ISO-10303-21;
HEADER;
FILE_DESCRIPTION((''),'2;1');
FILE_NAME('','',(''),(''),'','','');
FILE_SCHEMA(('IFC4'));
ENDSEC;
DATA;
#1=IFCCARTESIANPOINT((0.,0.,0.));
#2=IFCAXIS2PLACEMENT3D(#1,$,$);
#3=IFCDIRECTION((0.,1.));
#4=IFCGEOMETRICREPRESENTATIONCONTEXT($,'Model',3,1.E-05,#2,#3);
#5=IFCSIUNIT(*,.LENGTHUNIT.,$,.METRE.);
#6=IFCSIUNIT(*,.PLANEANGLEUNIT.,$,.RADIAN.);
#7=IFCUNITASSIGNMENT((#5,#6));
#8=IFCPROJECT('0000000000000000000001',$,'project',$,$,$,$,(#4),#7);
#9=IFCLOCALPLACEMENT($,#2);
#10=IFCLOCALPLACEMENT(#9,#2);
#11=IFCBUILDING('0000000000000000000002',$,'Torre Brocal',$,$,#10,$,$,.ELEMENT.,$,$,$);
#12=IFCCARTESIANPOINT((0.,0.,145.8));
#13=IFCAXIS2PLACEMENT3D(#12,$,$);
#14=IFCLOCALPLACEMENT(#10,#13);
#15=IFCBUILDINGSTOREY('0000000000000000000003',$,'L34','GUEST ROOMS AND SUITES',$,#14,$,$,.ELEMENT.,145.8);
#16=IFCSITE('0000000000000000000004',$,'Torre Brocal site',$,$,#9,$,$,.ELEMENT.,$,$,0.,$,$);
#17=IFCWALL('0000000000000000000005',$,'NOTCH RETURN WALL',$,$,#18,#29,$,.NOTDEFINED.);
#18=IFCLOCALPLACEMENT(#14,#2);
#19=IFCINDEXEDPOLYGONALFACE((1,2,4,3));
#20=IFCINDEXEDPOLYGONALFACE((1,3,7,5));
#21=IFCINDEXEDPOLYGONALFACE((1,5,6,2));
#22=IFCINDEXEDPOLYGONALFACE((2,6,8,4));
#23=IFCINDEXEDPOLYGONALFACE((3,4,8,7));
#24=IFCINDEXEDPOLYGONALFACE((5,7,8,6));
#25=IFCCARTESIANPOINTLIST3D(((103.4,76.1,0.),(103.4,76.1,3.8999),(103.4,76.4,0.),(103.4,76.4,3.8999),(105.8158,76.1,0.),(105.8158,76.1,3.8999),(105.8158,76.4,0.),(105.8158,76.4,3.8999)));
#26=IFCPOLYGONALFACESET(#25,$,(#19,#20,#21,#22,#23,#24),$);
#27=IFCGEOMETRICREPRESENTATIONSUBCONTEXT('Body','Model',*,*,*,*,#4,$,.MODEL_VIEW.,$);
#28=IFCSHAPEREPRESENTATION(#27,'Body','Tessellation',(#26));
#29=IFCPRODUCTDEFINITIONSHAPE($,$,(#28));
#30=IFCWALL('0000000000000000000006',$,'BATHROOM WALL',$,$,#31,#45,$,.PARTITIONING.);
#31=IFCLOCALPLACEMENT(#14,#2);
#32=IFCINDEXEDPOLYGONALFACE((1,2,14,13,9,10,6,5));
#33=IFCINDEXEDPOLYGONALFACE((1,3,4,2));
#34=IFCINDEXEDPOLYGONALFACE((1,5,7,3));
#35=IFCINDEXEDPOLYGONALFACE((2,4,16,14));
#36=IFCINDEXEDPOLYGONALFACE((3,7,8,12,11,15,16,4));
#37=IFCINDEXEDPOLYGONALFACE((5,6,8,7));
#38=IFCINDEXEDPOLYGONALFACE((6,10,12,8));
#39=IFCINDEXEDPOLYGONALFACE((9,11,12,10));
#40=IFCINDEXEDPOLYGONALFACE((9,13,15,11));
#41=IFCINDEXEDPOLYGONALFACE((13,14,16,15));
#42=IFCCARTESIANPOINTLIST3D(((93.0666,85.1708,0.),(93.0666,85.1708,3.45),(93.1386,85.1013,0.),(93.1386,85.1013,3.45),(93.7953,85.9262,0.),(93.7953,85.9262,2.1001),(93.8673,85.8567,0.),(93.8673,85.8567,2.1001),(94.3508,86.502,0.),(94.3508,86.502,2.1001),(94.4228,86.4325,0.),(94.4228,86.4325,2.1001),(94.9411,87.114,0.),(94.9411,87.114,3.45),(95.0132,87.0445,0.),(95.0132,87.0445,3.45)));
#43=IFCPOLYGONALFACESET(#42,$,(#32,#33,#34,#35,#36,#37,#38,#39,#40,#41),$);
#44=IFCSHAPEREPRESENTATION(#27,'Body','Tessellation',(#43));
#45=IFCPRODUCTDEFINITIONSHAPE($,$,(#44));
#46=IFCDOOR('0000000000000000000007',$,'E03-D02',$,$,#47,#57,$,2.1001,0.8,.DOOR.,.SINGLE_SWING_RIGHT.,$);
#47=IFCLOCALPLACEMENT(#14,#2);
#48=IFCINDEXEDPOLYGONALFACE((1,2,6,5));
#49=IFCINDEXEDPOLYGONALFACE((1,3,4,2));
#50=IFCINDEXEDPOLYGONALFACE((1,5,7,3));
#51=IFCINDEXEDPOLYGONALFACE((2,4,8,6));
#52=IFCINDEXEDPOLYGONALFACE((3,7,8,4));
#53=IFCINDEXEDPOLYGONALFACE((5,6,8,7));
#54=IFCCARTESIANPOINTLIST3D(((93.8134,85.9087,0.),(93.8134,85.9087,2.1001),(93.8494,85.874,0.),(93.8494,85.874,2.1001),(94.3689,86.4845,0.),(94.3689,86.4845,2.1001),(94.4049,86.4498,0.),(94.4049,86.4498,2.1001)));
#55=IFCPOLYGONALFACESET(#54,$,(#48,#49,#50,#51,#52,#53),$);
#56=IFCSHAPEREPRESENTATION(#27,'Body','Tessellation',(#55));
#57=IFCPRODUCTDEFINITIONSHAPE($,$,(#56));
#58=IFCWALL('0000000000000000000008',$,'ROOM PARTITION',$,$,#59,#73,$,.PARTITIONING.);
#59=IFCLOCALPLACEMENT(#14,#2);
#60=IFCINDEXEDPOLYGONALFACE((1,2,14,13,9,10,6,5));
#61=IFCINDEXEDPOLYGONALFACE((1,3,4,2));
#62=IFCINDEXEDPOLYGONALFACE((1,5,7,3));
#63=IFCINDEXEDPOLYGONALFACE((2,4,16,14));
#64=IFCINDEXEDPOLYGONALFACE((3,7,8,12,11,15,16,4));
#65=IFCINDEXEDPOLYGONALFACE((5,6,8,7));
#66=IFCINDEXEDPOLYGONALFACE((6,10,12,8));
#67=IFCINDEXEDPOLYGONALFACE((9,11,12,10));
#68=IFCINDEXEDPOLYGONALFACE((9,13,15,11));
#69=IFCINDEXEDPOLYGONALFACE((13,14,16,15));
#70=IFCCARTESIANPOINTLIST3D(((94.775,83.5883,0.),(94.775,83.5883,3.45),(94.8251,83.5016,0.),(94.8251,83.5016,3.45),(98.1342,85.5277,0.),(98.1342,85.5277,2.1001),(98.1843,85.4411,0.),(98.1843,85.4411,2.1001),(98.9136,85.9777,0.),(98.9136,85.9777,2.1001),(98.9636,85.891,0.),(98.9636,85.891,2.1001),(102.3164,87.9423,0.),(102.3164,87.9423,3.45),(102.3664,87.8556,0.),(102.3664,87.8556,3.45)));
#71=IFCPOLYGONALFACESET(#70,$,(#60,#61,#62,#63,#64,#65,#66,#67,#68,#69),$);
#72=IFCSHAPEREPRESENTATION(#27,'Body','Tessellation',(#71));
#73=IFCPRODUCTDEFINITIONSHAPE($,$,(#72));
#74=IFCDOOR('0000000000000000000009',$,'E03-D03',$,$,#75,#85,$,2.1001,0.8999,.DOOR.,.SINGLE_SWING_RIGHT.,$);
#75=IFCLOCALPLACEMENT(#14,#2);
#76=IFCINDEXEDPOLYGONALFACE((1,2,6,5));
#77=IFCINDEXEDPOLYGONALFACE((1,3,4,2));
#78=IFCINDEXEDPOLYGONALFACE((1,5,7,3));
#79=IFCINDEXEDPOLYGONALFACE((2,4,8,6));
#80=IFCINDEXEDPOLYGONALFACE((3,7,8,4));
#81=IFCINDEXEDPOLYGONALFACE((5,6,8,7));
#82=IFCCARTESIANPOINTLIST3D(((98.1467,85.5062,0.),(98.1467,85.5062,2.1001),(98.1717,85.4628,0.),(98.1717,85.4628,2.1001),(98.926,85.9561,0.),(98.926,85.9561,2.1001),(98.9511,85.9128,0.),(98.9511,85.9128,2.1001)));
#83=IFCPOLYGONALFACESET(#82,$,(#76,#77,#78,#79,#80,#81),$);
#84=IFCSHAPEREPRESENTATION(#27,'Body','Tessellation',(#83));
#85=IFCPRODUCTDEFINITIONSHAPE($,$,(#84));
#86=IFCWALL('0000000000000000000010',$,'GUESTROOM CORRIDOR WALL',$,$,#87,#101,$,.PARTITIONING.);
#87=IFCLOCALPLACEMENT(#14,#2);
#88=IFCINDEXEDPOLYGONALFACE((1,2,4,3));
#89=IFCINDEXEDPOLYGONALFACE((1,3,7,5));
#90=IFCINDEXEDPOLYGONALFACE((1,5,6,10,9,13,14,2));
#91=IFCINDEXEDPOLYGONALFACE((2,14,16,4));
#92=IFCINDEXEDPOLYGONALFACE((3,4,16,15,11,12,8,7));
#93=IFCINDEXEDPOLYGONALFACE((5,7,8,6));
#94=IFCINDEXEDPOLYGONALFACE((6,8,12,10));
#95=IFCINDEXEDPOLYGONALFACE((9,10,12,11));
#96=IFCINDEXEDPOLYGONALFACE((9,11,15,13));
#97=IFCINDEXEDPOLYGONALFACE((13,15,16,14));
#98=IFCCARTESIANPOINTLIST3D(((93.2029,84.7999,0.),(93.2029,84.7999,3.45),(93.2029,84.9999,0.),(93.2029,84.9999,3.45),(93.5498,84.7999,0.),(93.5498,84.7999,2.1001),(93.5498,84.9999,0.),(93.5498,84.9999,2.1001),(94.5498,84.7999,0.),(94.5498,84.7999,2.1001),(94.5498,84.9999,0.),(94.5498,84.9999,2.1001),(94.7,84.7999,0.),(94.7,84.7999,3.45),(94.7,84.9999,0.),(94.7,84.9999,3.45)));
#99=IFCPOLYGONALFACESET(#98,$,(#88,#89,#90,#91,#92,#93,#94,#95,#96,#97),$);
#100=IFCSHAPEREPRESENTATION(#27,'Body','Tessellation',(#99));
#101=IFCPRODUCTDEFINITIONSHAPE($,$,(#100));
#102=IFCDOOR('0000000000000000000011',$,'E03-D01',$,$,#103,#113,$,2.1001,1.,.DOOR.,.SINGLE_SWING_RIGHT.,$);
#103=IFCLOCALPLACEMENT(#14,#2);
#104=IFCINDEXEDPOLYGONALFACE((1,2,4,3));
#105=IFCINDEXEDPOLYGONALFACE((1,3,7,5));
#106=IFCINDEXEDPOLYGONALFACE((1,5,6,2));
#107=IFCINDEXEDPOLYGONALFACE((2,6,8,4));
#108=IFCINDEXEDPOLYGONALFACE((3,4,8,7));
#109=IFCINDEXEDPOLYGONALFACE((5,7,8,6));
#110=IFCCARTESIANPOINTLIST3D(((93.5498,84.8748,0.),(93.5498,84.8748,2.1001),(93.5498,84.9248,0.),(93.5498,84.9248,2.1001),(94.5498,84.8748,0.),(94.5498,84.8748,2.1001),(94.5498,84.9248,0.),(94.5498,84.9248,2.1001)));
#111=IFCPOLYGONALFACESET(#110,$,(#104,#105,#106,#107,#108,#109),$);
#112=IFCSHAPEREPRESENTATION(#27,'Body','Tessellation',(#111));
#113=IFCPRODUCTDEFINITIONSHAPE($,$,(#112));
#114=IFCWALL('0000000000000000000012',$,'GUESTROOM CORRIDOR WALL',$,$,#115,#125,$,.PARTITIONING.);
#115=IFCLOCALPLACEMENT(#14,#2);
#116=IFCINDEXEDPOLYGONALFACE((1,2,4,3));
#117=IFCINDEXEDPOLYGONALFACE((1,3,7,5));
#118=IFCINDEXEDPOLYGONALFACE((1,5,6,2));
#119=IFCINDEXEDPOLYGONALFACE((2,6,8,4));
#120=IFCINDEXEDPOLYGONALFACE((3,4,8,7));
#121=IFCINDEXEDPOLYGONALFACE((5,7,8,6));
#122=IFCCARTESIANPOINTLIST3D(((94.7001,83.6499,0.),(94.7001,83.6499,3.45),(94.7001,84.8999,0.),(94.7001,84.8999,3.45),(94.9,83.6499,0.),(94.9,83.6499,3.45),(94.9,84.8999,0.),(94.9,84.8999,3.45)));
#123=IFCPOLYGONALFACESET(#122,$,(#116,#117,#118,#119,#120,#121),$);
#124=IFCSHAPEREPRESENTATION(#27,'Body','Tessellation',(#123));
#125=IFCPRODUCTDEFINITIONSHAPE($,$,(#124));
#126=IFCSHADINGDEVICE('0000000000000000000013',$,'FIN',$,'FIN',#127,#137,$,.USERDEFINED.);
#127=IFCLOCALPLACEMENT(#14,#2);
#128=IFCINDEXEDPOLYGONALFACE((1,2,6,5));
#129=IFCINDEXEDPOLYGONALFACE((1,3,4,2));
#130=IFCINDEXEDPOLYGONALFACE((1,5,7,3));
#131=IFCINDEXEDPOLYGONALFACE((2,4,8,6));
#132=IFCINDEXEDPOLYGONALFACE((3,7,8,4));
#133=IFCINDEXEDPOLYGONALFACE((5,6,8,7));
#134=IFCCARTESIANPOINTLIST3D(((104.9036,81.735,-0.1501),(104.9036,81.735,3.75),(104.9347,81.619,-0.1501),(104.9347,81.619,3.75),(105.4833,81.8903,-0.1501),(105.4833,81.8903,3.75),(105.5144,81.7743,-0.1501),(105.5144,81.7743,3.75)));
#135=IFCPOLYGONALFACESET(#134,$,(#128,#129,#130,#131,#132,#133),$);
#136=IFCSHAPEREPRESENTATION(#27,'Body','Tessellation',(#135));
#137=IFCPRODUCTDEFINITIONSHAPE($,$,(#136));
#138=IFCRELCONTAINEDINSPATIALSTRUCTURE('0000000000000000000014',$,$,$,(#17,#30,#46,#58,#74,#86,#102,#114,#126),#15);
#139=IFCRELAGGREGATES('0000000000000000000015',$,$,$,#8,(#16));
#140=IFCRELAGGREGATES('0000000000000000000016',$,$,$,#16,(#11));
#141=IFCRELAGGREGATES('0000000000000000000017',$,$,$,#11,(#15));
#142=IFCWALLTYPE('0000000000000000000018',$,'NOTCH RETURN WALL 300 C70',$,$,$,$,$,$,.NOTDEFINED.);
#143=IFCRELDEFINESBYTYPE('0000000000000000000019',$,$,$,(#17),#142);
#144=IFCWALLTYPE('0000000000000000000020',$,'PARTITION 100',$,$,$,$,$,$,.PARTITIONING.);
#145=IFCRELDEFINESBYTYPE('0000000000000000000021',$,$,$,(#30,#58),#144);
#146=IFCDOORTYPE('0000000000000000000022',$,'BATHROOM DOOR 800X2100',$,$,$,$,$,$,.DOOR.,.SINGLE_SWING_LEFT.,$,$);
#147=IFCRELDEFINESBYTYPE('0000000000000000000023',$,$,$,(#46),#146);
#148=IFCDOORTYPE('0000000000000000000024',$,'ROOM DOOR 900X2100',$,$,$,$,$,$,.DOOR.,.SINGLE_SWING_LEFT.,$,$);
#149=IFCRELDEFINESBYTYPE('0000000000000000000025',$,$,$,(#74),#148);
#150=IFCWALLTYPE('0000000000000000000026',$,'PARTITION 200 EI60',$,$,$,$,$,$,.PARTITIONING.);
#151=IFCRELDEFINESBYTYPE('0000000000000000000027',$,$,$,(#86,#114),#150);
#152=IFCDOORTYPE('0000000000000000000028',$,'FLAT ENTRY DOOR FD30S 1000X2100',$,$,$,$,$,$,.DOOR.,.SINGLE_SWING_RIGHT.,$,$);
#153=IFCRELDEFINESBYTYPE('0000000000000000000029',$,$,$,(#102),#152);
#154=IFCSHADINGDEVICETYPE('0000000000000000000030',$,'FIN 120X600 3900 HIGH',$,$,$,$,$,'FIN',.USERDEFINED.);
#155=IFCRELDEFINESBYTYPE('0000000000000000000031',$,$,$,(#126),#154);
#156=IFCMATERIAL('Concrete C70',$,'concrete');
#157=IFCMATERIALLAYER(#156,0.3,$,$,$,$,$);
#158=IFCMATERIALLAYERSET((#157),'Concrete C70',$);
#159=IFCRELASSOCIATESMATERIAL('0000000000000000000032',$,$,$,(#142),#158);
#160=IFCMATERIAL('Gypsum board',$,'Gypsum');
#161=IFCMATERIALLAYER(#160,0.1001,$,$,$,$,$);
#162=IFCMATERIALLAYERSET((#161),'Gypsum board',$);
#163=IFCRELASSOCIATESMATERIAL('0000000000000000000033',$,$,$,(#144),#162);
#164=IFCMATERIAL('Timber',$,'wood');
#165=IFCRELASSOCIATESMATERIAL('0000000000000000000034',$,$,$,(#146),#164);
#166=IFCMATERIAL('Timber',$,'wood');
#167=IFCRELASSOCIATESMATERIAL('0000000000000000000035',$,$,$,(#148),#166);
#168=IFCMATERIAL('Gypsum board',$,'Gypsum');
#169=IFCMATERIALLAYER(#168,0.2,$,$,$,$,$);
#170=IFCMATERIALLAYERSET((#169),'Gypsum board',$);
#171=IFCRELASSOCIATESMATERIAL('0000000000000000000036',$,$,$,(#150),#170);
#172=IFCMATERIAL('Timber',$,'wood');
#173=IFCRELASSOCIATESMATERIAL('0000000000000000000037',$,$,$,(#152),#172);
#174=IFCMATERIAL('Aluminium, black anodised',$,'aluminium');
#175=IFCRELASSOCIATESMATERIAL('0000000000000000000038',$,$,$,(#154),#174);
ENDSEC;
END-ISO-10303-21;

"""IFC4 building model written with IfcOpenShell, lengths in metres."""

from ifc_helpers import new_model, si_unit, direction, frame, frame_2d, origin, origin_2d, place, context, subcontext, project, spatial, rectangle, extrude, material, layer, layer_set, material_profile, profile_set, type_object, element, fill, save


model = new_model("IFC4")

# Units and contexts
model_context = context("Model", 3, precision=1e-05, world=origin(), true_north=direction((0.0, 1.0)))
body_context = subcontext(model_context, "Body", "Model", "MODEL_VIEW")
ifc_project = project(units=[si_unit("LENGTHUNIT", "METRE"), si_unit("PLANEANGLEUNIT", "RADIAN")], contexts=[model_context])

# Site, building, storey
site_placement = place(None, origin())
site = spatial("IfcSite", under=ifc_project, at=site_placement, Name="Torre Brocal site", CompositionType="ELEMENT", RefElevation=0.0)
building_placement = place(site_placement, origin())
building = spatial("IfcBuilding", under=site, at=building_placement, Name="Torre Brocal", CompositionType="ELEMENT")
storey_placement = place(building_placement, frame((0.0, 0.0, 145.8)))
storey = spatial("IfcBuildingStorey", under=building, at=storey_placement, Name="L34", Description="GUEST ROOMS AND SUITES", CompositionType="ELEMENT", Elevation=145.8)

# Wall
ifc_material_1 = material(Name="Concrete C70", Category="concrete")
ifc_layer_1 = layer(ifc_material_1, 0.3)
ifc_layer_set_1 = layer_set([ifc_layer_1], Name="Concrete C70")
wall_type_1 = type_object("IfcWallType", Name="NOTCH RETURN WALL 300 C70", PredefinedType="NOTDEFINED", material=ifc_layer_set_1)
wall_1_placement = place(storey_placement, frame((103.3999, 76.25, 0.0), z_axis=(0.0, 0.0, 1.0), x_axis=(1.0, 0.0, 0.0)))
element("IfcWall", 1, at=wall_1_placement, inside=storey, type_object=wall_type_1, Name="NOTCH RETURN WALL", PredefinedType="NOTDEFINED", context=body_context, shape_type="SweptSolid", body=[
    extrude(rectangle(XDim=2.4158, YDim=0.3, at=frame_2d((1.208, 0.0))), origin(), (0.0, 0.0, 1.0), 3.8999),
])

# Walls, openings, doors
ifc_material_2 = material(Name="Gypsum board", Category="Gypsum")
ifc_layer_2 = layer(ifc_material_2, 0.1001)
ifc_layer_set_2 = layer_set([ifc_layer_2], Name="Gypsum board")
wall_type_2 = type_object("IfcWallType", Name="PARTITION 100", PredefinedType="PARTITIONING", material=ifc_layer_set_2)
wall_2_placement = place(storey_placement, frame((93.1025, 85.136, 0.0), z_axis=(0.0, 0.0, 1.0), x_axis=(0.694288, 0.719697, 0.0)))
wall_2 = element("IfcWall", 2, at=wall_2_placement, inside=storey, type_object=wall_type_2, Name="BATHROOM WALL", PredefinedType="PARTITIONING", context=body_context, shape_type="SweptSolid", body=[
    extrude(rectangle(XDim=2.7, YDim=0.1001, at=frame_2d((1.3501, 0.0))), origin(), (0.0, 0.0, 1.0), 3.45),
])
opening_1_placement = place(wall_2_placement, frame((1.0498, 0.0, 0.0)))
opening_1 = element("IfcOpeningElement", 3, at=opening_1_placement, cuts=wall_2, PredefinedType="OPENING", context=body_context, shape_type="SweptSolid", body=[
    extrude(rectangle(XDim=0.8, YDim=2.1001, at=frame_2d((0.3999, 1.05))), frame((0.0, 0.0601, 0.0), z_axis=(0.0, -1.0, 0.0), x_axis=(1.0, 0.0, 0.0)), (0.0, 0.0, 1.0), 0.1201),
])
ifc_material_3 = material(Name="Timber", Category="wood")
door_type_1 = type_object("IfcDoorType", Name="BATHROOM DOOR 800X2100", OperationType="SINGLE_SWING_LEFT", PredefinedType="DOOR", material=ifc_material_3)
door_1_placement = place(opening_1_placement, origin())
door_1 = element("IfcDoor", 4, at=door_1_placement, inside=storey, type_object=door_type_1, Name="E03-D02", OperationType="SINGLE_SWING_RIGHT", OverallHeight=2.1001, OverallWidth=0.8, PredefinedType="DOOR", context=body_context, shape_type="SweptSolid", body=[
    extrude(rectangle(XDim=0.8, YDim=2.1001, at=frame_2d((0.3999, 1.05))), frame((0.0, 0.0249, 0.0), z_axis=(0.0, -1.0, 0.0), x_axis=(1.0, 0.0, 0.0)), (0.0, 0.0, 1.0), 0.05),
])
fill(opening_1, door_1)
wall_3_placement = place(storey_placement, frame((94.8, 83.5449, 0.0), z_axis=(0.0, 0.0, 1.0), x_axis=(0.866023, 0.500005, 0.0)))
wall_3 = element("IfcWall", 5, at=wall_3_placement, inside=storey, type_object=wall_type_2, Name="ROOM PARTITION", PredefinedType="PARTITIONING", context=body_context, shape_type="SweptSolid", body=[
    extrude(rectangle(XDim=8.708, YDim=0.1001, at=frame_2d((4.354, 0.0))), origin(), (0.0, 0.0, 1.0), 3.45),
])
opening_2_placement = place(wall_3_placement, frame((3.8789, 0.0, 0.0)))
opening_2 = element("IfcOpeningElement", 6, at=opening_2_placement, cuts=wall_3, PredefinedType="OPENING", context=body_context, shape_type="SweptSolid", body=[
    extrude(rectangle(XDim=0.8999, YDim=2.1001, at=frame_2d((0.45, 1.05))), frame((0.0, 0.0601, 0.0), z_axis=(0.0, -1.0, 0.0), x_axis=(1.0, 0.0, 0.0)), (0.0, 0.0, 1.0), 0.1201),
])
ifc_material_4 = material(Name="Timber", Category="wood")
door_type_2 = type_object("IfcDoorType", Name="ROOM DOOR 900X2100", OperationType="SINGLE_SWING_LEFT", PredefinedType="DOOR", material=ifc_material_4)
door_2_placement = place(opening_2_placement, frame((0.8999, 0.0, 0.0), z_axis=(0.0, 0.0, 1.0), x_axis=(-1.0, 0.0, 0.0)))
door_2 = element("IfcDoor", 7, at=door_2_placement, inside=storey, type_object=door_type_2, Name="E03-D03", OperationType="SINGLE_SWING_RIGHT", OverallHeight=2.1001, OverallWidth=0.8999, PredefinedType="DOOR", context=body_context, shape_type="SweptSolid", body=[
    extrude(rectangle(XDim=0.8999, YDim=2.1001, at=frame_2d((0.45, 1.05))), frame((0.0, 0.0249, 0.0), z_axis=(0.0, -1.0, 0.0), x_axis=(1.0, 0.0, 0.0)), (0.0, 0.0, 1.0), 0.05),
])
fill(opening_2, door_2)
ifc_material_5 = material(Name="Gypsum board", Category="Gypsum")
ifc_layer_3 = layer(ifc_material_5, 0.2)
ifc_layer_set_3 = layer_set([ifc_layer_3], Name="Gypsum board")
wall_type_3 = type_object("IfcWallType", Name="PARTITION 200 EI60", PredefinedType="PARTITIONING", material=ifc_layer_set_3)
wall_4_placement = place(storey_placement, frame((93.2029, 84.8999, 0.0), z_axis=(0.0, 0.0, 1.0), x_axis=(1.0, 0.0, 0.0)))
wall_4 = element("IfcWall", 8, at=wall_4_placement, inside=storey, type_object=wall_type_3, Name="GUESTROOM CORRIDOR WALL", PredefinedType="PARTITIONING", context=body_context, shape_type="SweptSolid", body=[
    extrude(rectangle(XDim=1.4971, YDim=0.2, at=frame_2d((0.7485, 0.0))), origin(), (0.0, 0.0, 1.0), 3.45),
])
opening_3_placement = place(wall_4_placement, frame((0.3469, 0.0, 0.0)))
opening_3 = element("IfcOpeningElement", 9, at=opening_3_placement, cuts=wall_4, PredefinedType="OPENING", context=body_context, shape_type="SweptSolid", body=[
    extrude(rectangle(XDim=1.0, YDim=2.1001, at=frame_2d((0.5, 1.05))), frame((0.0, 0.1099, 0.0), z_axis=(0.0, -1.0, 0.0), x_axis=(1.0, 0.0, 0.0)), (0.0, 0.0, 1.0), 0.22),
])
ifc_material_6 = material(Name="Timber", Category="wood")
door_type_3 = type_object("IfcDoorType", Name="FLAT ENTRY DOOR FD30S 1000X2100", OperationType="SINGLE_SWING_RIGHT", PredefinedType="DOOR", material=ifc_material_6)
door_3_placement = place(opening_3_placement, origin())
door_3 = element("IfcDoor", 10, at=door_3_placement, inside=storey, type_object=door_type_3, Name="E03-D01", OperationType="SINGLE_SWING_RIGHT", OverallHeight=2.1001, OverallWidth=1.0, PredefinedType="DOOR", context=body_context, shape_type="SweptSolid", body=[
    extrude(rectangle(XDim=1.0, YDim=2.1001, at=frame_2d((0.5, 1.05))), frame((0.0, 0.0249, 0.0), z_axis=(0.0, -1.0, 0.0), x_axis=(1.0, 0.0, 0.0)), (0.0, 0.0, 1.0), 0.05),
])
fill(opening_3, door_3)

# Wall
wall_5_placement = place(storey_placement, frame((94.8, 83.6499, 0.0), z_axis=(0.0, 0.0, 1.0), x_axis=(0.0, 1.0, 0.0)))
element("IfcWall", 11, at=wall_5_placement, inside=storey, type_object=wall_type_3, Name="GUESTROOM CORRIDOR WALL", PredefinedType="PARTITIONING", context=body_context, shape_type="SweptSolid", body=[
    extrude(rectangle(XDim=1.25, YDim=0.2, at=frame_2d((0.625, 0.0))), origin(), (0.0, 0.0, 1.0), 3.45),
])

# Shading device
ifc_material_7 = material(Name="Aluminium, black anodised", Category="aluminium")
ifc_material_profile_1 = material_profile(ifc_material_7, rectangle(XDim=0.1201, YDim=0.6001, at=origin_2d()), Name="FIN 120X600 3900 HIGH")
ifc_profile_set_1 = profile_set([ifc_material_profile_1], Name="Aluminium, black anodised")
shading_device_type = type_object("IfcShadingDeviceType", Name="FIN 120X600 3900 HIGH", ElementType="FIN", PredefinedType="USERDEFINED", material=ifc_profile_set_1)
shading_device_placement = place(storey_placement, frame((105.209, 81.7546, -0.1501), z_axis=(0.0, 0.0, 1.0), x_axis=(-0.258819, 0.965926, 0.0)))
element("IfcShadingDevice", 12, at=shading_device_placement, inside=storey, type_object=shading_device_type, Name="FIN", ObjectType="FIN", PredefinedType="USERDEFINED", context=body_context, shape_type="SweptSolid", body=[
    extrude(rectangle(XDim=0.1201, YDim=0.6001, at=origin_2d()), origin(), (0.0, 0.0, 1.0), 3.9001),
])

save(model, "model.ifc")
